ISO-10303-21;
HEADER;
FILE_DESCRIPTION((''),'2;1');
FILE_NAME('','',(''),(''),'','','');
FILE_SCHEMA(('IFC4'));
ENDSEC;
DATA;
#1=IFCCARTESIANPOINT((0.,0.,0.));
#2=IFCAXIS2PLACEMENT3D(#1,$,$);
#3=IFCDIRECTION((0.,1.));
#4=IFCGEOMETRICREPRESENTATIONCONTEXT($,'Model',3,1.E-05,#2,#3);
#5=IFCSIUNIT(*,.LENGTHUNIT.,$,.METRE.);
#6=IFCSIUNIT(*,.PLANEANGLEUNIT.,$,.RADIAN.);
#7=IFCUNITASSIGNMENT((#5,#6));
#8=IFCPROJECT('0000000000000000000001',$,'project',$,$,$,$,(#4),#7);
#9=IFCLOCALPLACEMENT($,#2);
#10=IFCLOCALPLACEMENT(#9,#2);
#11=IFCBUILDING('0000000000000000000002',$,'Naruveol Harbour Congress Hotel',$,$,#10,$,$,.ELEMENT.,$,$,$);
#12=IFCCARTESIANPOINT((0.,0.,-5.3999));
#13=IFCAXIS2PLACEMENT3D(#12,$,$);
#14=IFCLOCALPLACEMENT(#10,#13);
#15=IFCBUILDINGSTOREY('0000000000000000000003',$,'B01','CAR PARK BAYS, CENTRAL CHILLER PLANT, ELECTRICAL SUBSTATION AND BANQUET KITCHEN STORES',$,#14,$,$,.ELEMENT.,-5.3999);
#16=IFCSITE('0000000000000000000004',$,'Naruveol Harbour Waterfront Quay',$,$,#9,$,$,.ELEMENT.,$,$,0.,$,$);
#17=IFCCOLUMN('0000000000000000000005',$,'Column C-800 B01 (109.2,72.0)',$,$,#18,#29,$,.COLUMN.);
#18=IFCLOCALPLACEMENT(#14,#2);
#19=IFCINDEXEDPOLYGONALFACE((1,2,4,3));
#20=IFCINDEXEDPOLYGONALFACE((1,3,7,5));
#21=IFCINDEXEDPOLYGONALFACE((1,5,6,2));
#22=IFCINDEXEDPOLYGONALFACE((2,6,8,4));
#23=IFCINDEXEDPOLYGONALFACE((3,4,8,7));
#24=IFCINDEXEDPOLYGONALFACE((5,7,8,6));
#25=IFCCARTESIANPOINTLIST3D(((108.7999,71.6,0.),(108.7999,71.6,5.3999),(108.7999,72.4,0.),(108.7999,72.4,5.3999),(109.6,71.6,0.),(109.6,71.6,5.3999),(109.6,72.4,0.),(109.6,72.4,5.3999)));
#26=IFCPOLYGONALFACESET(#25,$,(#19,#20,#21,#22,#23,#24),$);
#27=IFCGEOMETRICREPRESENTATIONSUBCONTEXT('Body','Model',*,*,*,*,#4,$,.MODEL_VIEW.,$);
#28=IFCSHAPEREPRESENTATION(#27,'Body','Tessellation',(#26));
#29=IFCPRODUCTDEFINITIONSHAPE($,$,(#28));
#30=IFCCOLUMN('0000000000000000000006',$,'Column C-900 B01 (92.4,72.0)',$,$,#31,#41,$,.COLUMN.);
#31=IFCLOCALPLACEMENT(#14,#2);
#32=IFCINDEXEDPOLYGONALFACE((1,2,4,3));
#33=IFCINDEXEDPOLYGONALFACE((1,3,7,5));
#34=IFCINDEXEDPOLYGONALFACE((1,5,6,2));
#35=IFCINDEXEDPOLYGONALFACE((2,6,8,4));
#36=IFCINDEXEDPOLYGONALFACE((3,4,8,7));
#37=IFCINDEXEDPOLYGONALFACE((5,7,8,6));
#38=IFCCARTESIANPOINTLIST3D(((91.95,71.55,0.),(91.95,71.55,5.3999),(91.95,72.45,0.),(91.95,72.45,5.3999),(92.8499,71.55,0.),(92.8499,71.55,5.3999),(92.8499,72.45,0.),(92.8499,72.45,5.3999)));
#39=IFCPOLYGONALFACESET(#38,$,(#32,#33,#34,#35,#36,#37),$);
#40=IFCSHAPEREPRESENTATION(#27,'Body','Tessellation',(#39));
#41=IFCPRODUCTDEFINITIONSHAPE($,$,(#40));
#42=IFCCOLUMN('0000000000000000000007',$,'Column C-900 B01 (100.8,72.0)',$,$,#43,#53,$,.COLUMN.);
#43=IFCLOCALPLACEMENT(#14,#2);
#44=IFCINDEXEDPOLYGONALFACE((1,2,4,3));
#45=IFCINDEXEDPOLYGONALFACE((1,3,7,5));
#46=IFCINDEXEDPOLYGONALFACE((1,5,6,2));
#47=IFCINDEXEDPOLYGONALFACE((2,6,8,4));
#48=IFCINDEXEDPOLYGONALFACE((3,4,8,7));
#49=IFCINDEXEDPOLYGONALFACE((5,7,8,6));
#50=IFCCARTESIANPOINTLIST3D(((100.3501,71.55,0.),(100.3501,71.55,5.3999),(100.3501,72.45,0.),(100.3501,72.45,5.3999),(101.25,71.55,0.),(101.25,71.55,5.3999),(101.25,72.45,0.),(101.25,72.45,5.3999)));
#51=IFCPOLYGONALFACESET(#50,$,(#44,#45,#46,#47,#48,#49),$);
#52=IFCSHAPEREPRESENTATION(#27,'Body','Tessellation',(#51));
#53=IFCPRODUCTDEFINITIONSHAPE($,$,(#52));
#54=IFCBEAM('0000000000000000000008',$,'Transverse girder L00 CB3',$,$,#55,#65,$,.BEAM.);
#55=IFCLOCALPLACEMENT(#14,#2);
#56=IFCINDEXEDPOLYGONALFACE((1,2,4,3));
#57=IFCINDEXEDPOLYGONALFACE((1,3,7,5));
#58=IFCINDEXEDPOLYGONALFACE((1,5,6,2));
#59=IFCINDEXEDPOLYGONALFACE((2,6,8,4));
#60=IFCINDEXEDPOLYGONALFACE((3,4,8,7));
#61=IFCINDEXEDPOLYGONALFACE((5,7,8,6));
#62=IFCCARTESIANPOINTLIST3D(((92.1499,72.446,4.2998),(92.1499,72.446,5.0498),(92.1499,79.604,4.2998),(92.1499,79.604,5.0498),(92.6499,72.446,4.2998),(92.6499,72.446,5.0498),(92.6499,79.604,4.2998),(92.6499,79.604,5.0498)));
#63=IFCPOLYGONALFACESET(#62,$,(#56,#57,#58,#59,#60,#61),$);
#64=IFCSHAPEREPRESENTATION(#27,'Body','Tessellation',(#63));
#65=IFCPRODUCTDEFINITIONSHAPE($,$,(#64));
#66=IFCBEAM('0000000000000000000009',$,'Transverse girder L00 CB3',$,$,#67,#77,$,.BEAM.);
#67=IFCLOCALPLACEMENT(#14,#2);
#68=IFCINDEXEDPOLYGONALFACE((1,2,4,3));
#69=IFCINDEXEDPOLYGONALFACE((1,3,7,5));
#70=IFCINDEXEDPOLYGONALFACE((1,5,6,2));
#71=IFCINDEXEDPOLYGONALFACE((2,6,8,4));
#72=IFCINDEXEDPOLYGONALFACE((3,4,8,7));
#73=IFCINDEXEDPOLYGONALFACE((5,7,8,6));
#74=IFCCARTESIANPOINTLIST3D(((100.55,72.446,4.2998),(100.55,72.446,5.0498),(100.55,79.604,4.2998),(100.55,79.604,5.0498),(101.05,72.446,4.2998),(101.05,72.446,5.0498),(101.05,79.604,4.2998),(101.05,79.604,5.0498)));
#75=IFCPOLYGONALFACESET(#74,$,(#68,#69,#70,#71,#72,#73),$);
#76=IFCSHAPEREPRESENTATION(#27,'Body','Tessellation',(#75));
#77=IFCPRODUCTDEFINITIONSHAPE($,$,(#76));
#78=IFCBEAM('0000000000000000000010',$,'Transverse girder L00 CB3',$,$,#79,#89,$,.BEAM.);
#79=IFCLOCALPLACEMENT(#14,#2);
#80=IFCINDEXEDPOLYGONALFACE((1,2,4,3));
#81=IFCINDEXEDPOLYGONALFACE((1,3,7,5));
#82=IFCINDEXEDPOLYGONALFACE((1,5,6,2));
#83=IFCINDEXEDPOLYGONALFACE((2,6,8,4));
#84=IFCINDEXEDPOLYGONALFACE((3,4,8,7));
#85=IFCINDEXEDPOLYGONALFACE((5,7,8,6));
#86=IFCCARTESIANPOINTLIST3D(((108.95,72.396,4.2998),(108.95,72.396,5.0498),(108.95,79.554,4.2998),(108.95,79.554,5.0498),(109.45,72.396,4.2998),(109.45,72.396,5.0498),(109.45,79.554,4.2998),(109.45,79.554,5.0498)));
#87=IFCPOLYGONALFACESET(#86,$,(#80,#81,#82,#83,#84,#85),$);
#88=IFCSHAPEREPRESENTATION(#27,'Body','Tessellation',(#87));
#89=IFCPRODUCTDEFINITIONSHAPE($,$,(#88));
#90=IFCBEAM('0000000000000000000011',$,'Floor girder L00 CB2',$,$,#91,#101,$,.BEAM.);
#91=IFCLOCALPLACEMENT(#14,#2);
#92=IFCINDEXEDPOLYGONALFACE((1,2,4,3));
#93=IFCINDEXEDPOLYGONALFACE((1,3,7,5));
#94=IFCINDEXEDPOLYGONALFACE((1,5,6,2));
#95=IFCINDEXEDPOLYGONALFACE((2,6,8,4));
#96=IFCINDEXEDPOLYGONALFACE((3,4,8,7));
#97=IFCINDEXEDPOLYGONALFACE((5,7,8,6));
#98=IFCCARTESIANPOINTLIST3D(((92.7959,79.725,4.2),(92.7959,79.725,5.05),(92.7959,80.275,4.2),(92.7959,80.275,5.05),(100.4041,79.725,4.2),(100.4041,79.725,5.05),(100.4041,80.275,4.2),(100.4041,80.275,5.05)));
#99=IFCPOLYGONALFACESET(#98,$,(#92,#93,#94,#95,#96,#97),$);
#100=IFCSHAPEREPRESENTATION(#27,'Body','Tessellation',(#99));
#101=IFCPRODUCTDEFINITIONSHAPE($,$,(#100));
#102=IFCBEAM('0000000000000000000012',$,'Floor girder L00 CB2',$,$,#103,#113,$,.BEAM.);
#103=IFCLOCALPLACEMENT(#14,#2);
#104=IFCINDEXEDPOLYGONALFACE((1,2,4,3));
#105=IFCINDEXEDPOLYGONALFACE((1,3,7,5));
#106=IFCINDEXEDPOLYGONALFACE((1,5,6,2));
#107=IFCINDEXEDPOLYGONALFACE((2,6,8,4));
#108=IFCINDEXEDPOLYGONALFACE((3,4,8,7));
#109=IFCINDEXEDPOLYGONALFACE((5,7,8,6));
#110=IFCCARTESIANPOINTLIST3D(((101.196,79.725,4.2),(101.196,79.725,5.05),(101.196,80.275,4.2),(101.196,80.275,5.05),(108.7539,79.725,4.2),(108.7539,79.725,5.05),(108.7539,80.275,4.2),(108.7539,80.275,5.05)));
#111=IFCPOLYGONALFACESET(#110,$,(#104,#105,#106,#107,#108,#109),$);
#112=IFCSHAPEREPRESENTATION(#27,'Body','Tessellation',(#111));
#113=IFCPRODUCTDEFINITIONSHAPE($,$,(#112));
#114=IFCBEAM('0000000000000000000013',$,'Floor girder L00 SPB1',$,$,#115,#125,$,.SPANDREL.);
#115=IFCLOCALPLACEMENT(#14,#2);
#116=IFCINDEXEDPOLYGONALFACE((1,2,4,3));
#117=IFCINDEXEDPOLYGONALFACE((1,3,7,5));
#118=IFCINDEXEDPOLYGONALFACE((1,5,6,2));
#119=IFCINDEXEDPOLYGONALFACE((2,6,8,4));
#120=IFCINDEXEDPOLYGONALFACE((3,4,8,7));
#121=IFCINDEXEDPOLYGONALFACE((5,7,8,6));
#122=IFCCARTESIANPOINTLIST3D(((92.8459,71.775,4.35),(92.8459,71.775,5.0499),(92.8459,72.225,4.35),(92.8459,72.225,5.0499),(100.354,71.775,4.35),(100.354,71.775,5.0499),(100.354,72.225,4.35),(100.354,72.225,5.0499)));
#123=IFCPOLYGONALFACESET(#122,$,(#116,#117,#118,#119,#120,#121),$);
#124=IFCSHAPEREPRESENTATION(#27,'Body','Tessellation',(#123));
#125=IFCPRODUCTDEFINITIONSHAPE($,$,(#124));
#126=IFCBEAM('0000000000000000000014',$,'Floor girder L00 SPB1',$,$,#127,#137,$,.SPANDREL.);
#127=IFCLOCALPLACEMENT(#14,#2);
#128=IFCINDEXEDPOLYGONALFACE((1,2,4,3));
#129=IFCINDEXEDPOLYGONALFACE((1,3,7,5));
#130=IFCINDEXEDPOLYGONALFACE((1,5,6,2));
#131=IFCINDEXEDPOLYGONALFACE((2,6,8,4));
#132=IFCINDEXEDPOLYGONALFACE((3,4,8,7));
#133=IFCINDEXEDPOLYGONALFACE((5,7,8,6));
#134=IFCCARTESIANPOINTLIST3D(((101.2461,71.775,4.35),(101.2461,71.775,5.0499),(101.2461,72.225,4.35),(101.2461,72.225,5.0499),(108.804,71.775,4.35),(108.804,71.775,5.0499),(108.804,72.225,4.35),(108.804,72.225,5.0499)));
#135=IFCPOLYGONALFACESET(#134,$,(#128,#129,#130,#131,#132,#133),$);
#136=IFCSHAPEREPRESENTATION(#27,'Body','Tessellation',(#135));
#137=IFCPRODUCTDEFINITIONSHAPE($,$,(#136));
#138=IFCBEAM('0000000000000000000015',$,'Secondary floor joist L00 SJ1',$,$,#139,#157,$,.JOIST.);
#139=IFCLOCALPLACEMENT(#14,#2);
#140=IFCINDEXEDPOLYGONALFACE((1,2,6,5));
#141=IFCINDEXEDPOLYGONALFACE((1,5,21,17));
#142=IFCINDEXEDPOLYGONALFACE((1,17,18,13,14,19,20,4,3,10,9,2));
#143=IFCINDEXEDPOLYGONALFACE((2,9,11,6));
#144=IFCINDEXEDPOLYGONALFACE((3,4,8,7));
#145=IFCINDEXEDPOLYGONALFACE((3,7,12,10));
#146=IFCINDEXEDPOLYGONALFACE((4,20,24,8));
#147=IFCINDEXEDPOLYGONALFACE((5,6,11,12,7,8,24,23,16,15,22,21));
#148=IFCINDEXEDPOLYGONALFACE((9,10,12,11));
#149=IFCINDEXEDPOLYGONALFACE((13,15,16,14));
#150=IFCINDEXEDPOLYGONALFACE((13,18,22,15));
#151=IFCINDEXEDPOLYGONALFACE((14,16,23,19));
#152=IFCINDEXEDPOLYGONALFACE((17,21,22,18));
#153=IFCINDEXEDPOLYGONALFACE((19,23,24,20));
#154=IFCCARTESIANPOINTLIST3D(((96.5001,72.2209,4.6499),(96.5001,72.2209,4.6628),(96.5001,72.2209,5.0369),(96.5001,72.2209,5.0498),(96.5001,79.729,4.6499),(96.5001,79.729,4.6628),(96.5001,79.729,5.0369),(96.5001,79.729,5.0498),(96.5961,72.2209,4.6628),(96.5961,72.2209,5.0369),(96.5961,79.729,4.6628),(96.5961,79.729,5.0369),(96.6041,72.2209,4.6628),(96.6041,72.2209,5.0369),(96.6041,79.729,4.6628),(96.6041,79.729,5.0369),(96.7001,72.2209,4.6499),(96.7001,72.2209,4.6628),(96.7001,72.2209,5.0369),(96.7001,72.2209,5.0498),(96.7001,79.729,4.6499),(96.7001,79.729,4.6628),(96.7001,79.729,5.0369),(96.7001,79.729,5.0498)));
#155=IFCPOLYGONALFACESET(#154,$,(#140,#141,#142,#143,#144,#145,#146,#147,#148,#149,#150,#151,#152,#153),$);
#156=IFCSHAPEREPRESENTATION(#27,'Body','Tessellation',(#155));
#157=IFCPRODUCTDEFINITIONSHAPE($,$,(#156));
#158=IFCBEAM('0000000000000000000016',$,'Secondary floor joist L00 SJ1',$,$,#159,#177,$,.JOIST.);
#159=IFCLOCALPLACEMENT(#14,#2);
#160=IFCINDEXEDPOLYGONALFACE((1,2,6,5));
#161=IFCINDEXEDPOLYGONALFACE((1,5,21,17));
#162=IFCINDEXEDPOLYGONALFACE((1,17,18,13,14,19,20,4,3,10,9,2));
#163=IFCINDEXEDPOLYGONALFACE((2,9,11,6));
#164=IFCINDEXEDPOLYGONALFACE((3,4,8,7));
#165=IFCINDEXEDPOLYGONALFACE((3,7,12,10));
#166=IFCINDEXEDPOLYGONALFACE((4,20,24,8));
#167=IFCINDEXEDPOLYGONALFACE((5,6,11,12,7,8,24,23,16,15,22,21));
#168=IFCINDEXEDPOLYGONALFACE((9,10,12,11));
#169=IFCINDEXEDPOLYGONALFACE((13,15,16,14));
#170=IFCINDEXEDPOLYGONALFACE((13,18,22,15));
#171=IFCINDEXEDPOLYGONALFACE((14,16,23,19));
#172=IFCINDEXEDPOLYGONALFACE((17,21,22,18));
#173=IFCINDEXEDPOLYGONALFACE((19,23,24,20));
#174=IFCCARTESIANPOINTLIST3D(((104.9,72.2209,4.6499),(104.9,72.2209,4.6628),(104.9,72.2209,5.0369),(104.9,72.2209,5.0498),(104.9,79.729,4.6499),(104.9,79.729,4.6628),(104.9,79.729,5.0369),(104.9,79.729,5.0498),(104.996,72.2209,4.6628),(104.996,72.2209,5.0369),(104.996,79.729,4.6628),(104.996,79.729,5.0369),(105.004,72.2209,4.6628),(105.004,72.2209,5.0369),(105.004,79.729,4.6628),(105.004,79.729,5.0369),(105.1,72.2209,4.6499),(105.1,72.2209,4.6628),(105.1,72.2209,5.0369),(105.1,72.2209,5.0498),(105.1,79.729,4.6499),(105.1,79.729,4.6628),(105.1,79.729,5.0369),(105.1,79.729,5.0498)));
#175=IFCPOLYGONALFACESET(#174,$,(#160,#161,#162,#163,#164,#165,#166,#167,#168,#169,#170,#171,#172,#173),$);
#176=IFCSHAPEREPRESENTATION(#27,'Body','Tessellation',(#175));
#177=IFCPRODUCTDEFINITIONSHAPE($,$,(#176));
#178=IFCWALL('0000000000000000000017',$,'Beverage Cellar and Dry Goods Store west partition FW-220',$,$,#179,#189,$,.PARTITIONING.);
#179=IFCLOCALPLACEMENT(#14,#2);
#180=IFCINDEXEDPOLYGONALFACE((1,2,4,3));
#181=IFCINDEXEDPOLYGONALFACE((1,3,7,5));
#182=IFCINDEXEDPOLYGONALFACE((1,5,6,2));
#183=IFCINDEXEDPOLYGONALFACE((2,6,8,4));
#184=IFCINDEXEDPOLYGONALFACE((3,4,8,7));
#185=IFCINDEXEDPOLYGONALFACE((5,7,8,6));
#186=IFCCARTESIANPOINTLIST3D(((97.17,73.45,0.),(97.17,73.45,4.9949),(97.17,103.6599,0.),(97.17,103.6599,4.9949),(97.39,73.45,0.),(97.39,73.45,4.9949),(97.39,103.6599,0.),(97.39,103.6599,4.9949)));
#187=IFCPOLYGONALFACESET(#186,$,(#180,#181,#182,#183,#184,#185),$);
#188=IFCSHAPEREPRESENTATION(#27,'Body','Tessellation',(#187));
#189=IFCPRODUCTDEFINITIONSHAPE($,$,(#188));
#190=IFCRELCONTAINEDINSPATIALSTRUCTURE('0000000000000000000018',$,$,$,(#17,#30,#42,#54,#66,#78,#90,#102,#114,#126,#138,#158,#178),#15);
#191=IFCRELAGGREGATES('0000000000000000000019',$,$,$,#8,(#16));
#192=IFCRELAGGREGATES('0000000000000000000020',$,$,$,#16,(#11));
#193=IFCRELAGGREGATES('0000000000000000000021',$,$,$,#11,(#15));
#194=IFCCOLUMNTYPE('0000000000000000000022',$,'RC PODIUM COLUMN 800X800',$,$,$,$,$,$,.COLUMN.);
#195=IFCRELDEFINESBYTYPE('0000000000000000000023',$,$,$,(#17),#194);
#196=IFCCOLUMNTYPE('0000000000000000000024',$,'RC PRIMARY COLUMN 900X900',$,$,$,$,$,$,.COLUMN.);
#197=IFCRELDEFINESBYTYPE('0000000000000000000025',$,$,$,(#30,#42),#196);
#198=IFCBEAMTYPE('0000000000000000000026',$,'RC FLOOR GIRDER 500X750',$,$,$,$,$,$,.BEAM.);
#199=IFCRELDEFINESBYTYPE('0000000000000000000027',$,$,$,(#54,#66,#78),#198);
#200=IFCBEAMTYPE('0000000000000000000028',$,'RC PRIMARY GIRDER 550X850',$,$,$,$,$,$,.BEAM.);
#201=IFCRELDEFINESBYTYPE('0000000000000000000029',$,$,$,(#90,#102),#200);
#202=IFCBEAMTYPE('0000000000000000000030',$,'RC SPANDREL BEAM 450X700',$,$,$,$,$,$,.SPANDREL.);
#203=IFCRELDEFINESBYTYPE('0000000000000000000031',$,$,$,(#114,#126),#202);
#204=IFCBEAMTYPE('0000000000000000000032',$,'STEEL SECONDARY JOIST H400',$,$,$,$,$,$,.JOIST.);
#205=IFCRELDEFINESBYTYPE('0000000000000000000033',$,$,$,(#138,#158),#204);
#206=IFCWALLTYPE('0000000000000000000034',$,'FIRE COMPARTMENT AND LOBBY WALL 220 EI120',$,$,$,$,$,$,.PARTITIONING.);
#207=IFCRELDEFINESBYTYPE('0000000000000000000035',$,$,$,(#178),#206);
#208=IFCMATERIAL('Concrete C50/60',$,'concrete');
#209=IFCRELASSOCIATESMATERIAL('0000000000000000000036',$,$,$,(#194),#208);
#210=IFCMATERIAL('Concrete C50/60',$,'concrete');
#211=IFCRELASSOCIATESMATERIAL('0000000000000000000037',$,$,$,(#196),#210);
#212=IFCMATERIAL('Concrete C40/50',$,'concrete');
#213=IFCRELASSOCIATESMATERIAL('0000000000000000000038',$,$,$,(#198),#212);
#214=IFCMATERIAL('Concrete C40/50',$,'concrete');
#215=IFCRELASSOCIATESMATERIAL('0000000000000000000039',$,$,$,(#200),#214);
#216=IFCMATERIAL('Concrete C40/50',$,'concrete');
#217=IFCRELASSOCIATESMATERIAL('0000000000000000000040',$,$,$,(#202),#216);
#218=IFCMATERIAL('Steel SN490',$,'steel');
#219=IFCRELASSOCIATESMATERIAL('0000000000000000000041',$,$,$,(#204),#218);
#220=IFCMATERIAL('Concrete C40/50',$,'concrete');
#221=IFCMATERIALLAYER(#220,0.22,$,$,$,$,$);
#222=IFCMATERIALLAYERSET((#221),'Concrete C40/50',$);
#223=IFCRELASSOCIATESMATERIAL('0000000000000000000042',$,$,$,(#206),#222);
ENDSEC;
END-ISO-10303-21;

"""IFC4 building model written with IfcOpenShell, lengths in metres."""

from ifc_helpers import new_model, si_unit, direction, frame, frame_2d, origin, origin_2d, place, context, subcontext, project, spatial, rectangle, i_section, extrude, material, layer, layer_set, material_profile, profile_set, type_object, element, save


model = new_model("IFC4")

# Units and contexts
model_context = context("Model", 3, precision=1e-05, world=origin(), true_north=direction((0.0, 1.0)))
body_context = subcontext(model_context, "Body", "Model", "MODEL_VIEW")
ifc_project = project(units=[si_unit("LENGTHUNIT", "METRE"), si_unit("PLANEANGLEUNIT", "RADIAN")], contexts=[model_context])

# Site, building, storey
site_placement = place(None, origin())
site = spatial("IfcSite", under=ifc_project, at=site_placement, Name="Naruveol Harbour Waterfront Quay", CompositionType="ELEMENT", RefElevation=0.0)
building_placement = place(site_placement, origin())
building = spatial("IfcBuilding", under=site, at=building_placement, Name="Naruveol Harbour Congress Hotel", CompositionType="ELEMENT")
storey_placement = place(building_placement, frame((0.0, 0.0, -5.3999)))
storey = spatial("IfcBuildingStorey", under=building, at=storey_placement, Name="B01", Description="CAR PARK BAYS, CENTRAL CHILLER PLANT, ELECTRICAL SUBSTATION AND BANQUET KITCHEN STORES", CompositionType="ELEMENT", Elevation=-5.3999)

# Columns
ifc_material_1 = material(Name="Concrete C50/60", Category="concrete")
ifc_material_profile_1 = material_profile(ifc_material_1, rectangle(XDim=0.8, YDim=0.8, at=origin_2d()), Name="RC-800x800")
ifc_profile_set_1 = profile_set([ifc_material_profile_1], Name="Concrete C50/60")
column_type_1 = type_object("IfcColumnType", Name="RC PODIUM COLUMN 800X800", PredefinedType="COLUMN", material=ifc_profile_set_1)
for number, where, z_axis, x_axis, name in (
    (1, (109.2, 72.0, 0.0), (0.0, 0.0, 1.0), (1.0, 0.0, 0.0), "Column C-800 B01 (109.2,72.0)"),
):
    element("IfcColumn", number, at=place(storey_placement, frame(where, z_axis=z_axis, x_axis=x_axis)), inside=storey, type_object=column_type_1, Name=name, PredefinedType="COLUMN", context=body_context, shape_type="SweptSolid", body=[
        extrude(rectangle(XDim=0.8, YDim=0.8, at=origin_2d()), origin(), (0.0, 0.0, 1.0), 5.3999),
    ])
ifc_material_2 = material(Name="Concrete C50/60", Category="concrete")
ifc_material_profile_2 = material_profile(ifc_material_2, rectangle(XDim=0.8999, YDim=0.8999, at=origin_2d()), Name="RC-900x900")
ifc_profile_set_2 = profile_set([ifc_material_profile_2], Name="Concrete C50/60")
column_type_2 = type_object("IfcColumnType", Name="RC PRIMARY COLUMN 900X900", PredefinedType="COLUMN", material=ifc_profile_set_2)
for number, where, z_axis, x_axis, name in (
    (2, (92.3999, 72.0, 0.0), (0.0, 0.0, 1.0), (1.0, 0.0, 0.0), "Column C-900 B01 (92.4,72.0)"),
    (3, (100.8, 72.0, 0.0), (0.0, 0.0, 1.0), (1.0, 0.0, 0.0), "Column C-900 B01 (100.8,72.0)"),
):
    element("IfcColumn", number, at=place(storey_placement, frame(where, z_axis=z_axis, x_axis=x_axis)), inside=storey, type_object=column_type_2, Name=name, PredefinedType="COLUMN", context=body_context, shape_type="SweptSolid", body=[
        extrude(rectangle(XDim=0.8999, YDim=0.8999, at=origin_2d()), origin(), (0.0, 0.0, 1.0), 5.3999),
    ])

# Beams
ifc_material_3 = material(Name="Concrete C40/50", Category="concrete")
ifc_material_profile_3 = material_profile(ifc_material_3, rectangle(XDim=0.5, YDim=0.75, at=origin_2d()), Name="RCB-500x750")
ifc_profile_set_3 = profile_set([ifc_material_profile_3], Name="Concrete C40/50")
beam_type_1 = type_object("IfcBeamType", Name="RC FLOOR GIRDER 500X750", PredefinedType="BEAM", material=ifc_profile_set_3)
for number, where, z_axis, x_axis, name in (
    (4, (92.3999, 72.446, 4.6748), (0.0, 1.0, 0.0), (-1.0, 0.0, 0.0), "Transverse girder L00 CB3"),
    (5, (100.8, 72.446, 4.6748), (0.0, 1.0, 0.0), (-1.0, 0.0, 0.0), "Transverse girder L00 CB3"),
    (6, (109.2, 72.396, 4.6748), (0.0, 1.0, 0.0), (-1.0, 0.0, 0.0), "Transverse girder L00 CB3"),
):
    element("IfcBeam", number, at=place(storey_placement, frame(where, z_axis=z_axis, x_axis=x_axis)), inside=storey, type_object=beam_type_1, Name=name, PredefinedType="BEAM", context=body_context, shape_type="SweptSolid", body=[
        extrude(rectangle(XDim=0.5, YDim=0.75, at=origin_2d()), origin(), (0.0, 0.0, 1.0), 7.158),
    ])
ifc_material_4 = material(Name="Concrete C40/50", Category="concrete")
ifc_material_profile_4 = material_profile(ifc_material_4, rectangle(XDim=0.55, YDim=0.8501, at=origin_2d()), Name="RCB-550x850")
ifc_profile_set_4 = profile_set([ifc_material_profile_4], Name="Concrete C40/50")
beam_type_2 = type_object("IfcBeamType", Name="RC PRIMARY GIRDER 550X850", PredefinedType="BEAM", material=ifc_profile_set_4)
beam_1_placement = place(storey_placement, frame((92.7959, 80.0, 4.625), z_axis=(1.0, 0.0, 0.0), x_axis=(0.0, 1.0, 0.0)))
element("IfcBeam", 7, at=beam_1_placement, inside=storey, type_object=beam_type_2, Name="Floor girder L00 CB2", PredefinedType="BEAM", context=body_context, shape_type="SweptSolid", body=[
    extrude(rectangle(XDim=0.55, YDim=0.8501, at=origin_2d()), origin(), (0.0, 0.0, 1.0), 7.6082),
])
beam_2_placement = place(storey_placement, frame((101.196, 80.0, 4.625), z_axis=(1.0, 0.0, 0.0), x_axis=(0.0, 1.0, 0.0)))
element("IfcBeam", 8, at=beam_2_placement, inside=storey, type_object=beam_type_2, Name="Floor girder L00 CB2", PredefinedType="BEAM", context=body_context, shape_type="SweptSolid", body=[
    extrude(rectangle(XDim=0.55, YDim=0.8501, at=origin_2d()), origin(), (0.0, 0.0, 1.0), 7.5579),
])
ifc_material_5 = material(Name="Concrete C40/50", Category="concrete")
ifc_material_profile_5 = material_profile(ifc_material_5, rectangle(XDim=0.45, YDim=0.7, at=origin_2d()), Name="RCB-450x700")
ifc_profile_set_5 = profile_set([ifc_material_profile_5], Name="Concrete C40/50")
beam_type_3 = type_object("IfcBeamType", Name="RC SPANDREL BEAM 450X700", PredefinedType="SPANDREL", material=ifc_profile_set_5)
beam_3_placement = place(storey_placement, frame((92.8459, 72.0, 4.7), z_axis=(1.0, 0.0, 0.0), x_axis=(0.0, 1.0, 0.0)))
element("IfcBeam", 9, at=beam_3_placement, inside=storey, type_object=beam_type_3, Name="Floor girder L00 SPB1", PredefinedType="SPANDREL", context=body_context, shape_type="SweptSolid", body=[
    extrude(rectangle(XDim=0.45, YDim=0.7, at=origin_2d()), origin(), (0.0, 0.0, 1.0), 7.5081),
])
beam_4_placement = place(storey_placement, frame((101.2461, 72.0, 4.7), z_axis=(1.0, 0.0, 0.0), x_axis=(0.0, 1.0, 0.0)))
element("IfcBeam", 10, at=beam_4_placement, inside=storey, type_object=beam_type_3, Name="Floor girder L00 SPB1", PredefinedType="SPANDREL", context=body_context, shape_type="SweptSolid", body=[
    extrude(rectangle(XDim=0.45, YDim=0.7, at=origin_2d()), origin(), (0.0, 0.0, 1.0), 7.5579),
])
ifc_material_6 = material(Name="Steel SN490", Category="steel")
ifc_material_profile_6 = material_profile(ifc_material_6, i_section(OverallWidth=0.2, OverallDepth=0.3999, WebThickness=0.0081, FlangeThickness=0.0129, at=origin_2d()), Name="H-400x200x8x13")
ifc_profile_set_6 = profile_set([ifc_material_profile_6], Name="Steel SN490")
beam_type_4 = type_object("IfcBeamType", Name="STEEL SECONDARY JOIST H400", PredefinedType="JOIST", material=ifc_profile_set_6)
for number, where, z_axis, x_axis, name in (
    (11, (96.6001, 72.2209, 4.8499), (0.0, 1.0, 0.0), (-1.0, 0.0, 0.0), "Secondary floor joist L00 SJ1"),
    (12, (105.0, 72.2209, 4.8499), (0.0, 1.0, 0.0), (-1.0, 0.0, 0.0), "Secondary floor joist L00 SJ1"),
):
    element("IfcBeam", number, at=place(storey_placement, frame(where, z_axis=z_axis, x_axis=x_axis)), inside=storey, type_object=beam_type_4, Name=name, PredefinedType="JOIST", context=body_context, shape_type="SweptSolid", body=[
        extrude(i_section(OverallWidth=0.2, OverallDepth=0.3999, WebThickness=0.0081, FlangeThickness=0.0129, at=origin_2d()), origin(), (0.0, 0.0, 1.0), 7.5081),
    ])

# Wall
ifc_material_7 = material(Name="Concrete C40/50", Category="concrete")
ifc_layer_1 = layer(ifc_material_7, 0.22)
ifc_layer_set_1 = layer_set([ifc_layer_1], Name="Concrete C40/50")
wall_type_1 = type_object("IfcWallType", Name="FIRE COMPARTMENT AND LOBBY WALL 220 EI120", PredefinedType="PARTITIONING", material=ifc_layer_set_1)
wall_1_placement = place(storey_placement, frame((97.28, 73.45, 0.0), z_axis=(0.0, 0.0, 1.0), x_axis=(0.0, 1.0, 0.0)))
element("IfcWall", 13, at=wall_1_placement, inside=storey, type_object=wall_type_1, Name="Beverage Cellar and Dry Goods Store west partition FW-220", PredefinedType="PARTITIONING", context=body_context, shape_type="SweptSolid", body=[
    extrude(rectangle(XDim=30.21, YDim=0.22, at=frame_2d((15.105, 0.0))), origin(), (0.0, 0.0, 1.0), 4.9949),
])

save(model, "model.ifc")
